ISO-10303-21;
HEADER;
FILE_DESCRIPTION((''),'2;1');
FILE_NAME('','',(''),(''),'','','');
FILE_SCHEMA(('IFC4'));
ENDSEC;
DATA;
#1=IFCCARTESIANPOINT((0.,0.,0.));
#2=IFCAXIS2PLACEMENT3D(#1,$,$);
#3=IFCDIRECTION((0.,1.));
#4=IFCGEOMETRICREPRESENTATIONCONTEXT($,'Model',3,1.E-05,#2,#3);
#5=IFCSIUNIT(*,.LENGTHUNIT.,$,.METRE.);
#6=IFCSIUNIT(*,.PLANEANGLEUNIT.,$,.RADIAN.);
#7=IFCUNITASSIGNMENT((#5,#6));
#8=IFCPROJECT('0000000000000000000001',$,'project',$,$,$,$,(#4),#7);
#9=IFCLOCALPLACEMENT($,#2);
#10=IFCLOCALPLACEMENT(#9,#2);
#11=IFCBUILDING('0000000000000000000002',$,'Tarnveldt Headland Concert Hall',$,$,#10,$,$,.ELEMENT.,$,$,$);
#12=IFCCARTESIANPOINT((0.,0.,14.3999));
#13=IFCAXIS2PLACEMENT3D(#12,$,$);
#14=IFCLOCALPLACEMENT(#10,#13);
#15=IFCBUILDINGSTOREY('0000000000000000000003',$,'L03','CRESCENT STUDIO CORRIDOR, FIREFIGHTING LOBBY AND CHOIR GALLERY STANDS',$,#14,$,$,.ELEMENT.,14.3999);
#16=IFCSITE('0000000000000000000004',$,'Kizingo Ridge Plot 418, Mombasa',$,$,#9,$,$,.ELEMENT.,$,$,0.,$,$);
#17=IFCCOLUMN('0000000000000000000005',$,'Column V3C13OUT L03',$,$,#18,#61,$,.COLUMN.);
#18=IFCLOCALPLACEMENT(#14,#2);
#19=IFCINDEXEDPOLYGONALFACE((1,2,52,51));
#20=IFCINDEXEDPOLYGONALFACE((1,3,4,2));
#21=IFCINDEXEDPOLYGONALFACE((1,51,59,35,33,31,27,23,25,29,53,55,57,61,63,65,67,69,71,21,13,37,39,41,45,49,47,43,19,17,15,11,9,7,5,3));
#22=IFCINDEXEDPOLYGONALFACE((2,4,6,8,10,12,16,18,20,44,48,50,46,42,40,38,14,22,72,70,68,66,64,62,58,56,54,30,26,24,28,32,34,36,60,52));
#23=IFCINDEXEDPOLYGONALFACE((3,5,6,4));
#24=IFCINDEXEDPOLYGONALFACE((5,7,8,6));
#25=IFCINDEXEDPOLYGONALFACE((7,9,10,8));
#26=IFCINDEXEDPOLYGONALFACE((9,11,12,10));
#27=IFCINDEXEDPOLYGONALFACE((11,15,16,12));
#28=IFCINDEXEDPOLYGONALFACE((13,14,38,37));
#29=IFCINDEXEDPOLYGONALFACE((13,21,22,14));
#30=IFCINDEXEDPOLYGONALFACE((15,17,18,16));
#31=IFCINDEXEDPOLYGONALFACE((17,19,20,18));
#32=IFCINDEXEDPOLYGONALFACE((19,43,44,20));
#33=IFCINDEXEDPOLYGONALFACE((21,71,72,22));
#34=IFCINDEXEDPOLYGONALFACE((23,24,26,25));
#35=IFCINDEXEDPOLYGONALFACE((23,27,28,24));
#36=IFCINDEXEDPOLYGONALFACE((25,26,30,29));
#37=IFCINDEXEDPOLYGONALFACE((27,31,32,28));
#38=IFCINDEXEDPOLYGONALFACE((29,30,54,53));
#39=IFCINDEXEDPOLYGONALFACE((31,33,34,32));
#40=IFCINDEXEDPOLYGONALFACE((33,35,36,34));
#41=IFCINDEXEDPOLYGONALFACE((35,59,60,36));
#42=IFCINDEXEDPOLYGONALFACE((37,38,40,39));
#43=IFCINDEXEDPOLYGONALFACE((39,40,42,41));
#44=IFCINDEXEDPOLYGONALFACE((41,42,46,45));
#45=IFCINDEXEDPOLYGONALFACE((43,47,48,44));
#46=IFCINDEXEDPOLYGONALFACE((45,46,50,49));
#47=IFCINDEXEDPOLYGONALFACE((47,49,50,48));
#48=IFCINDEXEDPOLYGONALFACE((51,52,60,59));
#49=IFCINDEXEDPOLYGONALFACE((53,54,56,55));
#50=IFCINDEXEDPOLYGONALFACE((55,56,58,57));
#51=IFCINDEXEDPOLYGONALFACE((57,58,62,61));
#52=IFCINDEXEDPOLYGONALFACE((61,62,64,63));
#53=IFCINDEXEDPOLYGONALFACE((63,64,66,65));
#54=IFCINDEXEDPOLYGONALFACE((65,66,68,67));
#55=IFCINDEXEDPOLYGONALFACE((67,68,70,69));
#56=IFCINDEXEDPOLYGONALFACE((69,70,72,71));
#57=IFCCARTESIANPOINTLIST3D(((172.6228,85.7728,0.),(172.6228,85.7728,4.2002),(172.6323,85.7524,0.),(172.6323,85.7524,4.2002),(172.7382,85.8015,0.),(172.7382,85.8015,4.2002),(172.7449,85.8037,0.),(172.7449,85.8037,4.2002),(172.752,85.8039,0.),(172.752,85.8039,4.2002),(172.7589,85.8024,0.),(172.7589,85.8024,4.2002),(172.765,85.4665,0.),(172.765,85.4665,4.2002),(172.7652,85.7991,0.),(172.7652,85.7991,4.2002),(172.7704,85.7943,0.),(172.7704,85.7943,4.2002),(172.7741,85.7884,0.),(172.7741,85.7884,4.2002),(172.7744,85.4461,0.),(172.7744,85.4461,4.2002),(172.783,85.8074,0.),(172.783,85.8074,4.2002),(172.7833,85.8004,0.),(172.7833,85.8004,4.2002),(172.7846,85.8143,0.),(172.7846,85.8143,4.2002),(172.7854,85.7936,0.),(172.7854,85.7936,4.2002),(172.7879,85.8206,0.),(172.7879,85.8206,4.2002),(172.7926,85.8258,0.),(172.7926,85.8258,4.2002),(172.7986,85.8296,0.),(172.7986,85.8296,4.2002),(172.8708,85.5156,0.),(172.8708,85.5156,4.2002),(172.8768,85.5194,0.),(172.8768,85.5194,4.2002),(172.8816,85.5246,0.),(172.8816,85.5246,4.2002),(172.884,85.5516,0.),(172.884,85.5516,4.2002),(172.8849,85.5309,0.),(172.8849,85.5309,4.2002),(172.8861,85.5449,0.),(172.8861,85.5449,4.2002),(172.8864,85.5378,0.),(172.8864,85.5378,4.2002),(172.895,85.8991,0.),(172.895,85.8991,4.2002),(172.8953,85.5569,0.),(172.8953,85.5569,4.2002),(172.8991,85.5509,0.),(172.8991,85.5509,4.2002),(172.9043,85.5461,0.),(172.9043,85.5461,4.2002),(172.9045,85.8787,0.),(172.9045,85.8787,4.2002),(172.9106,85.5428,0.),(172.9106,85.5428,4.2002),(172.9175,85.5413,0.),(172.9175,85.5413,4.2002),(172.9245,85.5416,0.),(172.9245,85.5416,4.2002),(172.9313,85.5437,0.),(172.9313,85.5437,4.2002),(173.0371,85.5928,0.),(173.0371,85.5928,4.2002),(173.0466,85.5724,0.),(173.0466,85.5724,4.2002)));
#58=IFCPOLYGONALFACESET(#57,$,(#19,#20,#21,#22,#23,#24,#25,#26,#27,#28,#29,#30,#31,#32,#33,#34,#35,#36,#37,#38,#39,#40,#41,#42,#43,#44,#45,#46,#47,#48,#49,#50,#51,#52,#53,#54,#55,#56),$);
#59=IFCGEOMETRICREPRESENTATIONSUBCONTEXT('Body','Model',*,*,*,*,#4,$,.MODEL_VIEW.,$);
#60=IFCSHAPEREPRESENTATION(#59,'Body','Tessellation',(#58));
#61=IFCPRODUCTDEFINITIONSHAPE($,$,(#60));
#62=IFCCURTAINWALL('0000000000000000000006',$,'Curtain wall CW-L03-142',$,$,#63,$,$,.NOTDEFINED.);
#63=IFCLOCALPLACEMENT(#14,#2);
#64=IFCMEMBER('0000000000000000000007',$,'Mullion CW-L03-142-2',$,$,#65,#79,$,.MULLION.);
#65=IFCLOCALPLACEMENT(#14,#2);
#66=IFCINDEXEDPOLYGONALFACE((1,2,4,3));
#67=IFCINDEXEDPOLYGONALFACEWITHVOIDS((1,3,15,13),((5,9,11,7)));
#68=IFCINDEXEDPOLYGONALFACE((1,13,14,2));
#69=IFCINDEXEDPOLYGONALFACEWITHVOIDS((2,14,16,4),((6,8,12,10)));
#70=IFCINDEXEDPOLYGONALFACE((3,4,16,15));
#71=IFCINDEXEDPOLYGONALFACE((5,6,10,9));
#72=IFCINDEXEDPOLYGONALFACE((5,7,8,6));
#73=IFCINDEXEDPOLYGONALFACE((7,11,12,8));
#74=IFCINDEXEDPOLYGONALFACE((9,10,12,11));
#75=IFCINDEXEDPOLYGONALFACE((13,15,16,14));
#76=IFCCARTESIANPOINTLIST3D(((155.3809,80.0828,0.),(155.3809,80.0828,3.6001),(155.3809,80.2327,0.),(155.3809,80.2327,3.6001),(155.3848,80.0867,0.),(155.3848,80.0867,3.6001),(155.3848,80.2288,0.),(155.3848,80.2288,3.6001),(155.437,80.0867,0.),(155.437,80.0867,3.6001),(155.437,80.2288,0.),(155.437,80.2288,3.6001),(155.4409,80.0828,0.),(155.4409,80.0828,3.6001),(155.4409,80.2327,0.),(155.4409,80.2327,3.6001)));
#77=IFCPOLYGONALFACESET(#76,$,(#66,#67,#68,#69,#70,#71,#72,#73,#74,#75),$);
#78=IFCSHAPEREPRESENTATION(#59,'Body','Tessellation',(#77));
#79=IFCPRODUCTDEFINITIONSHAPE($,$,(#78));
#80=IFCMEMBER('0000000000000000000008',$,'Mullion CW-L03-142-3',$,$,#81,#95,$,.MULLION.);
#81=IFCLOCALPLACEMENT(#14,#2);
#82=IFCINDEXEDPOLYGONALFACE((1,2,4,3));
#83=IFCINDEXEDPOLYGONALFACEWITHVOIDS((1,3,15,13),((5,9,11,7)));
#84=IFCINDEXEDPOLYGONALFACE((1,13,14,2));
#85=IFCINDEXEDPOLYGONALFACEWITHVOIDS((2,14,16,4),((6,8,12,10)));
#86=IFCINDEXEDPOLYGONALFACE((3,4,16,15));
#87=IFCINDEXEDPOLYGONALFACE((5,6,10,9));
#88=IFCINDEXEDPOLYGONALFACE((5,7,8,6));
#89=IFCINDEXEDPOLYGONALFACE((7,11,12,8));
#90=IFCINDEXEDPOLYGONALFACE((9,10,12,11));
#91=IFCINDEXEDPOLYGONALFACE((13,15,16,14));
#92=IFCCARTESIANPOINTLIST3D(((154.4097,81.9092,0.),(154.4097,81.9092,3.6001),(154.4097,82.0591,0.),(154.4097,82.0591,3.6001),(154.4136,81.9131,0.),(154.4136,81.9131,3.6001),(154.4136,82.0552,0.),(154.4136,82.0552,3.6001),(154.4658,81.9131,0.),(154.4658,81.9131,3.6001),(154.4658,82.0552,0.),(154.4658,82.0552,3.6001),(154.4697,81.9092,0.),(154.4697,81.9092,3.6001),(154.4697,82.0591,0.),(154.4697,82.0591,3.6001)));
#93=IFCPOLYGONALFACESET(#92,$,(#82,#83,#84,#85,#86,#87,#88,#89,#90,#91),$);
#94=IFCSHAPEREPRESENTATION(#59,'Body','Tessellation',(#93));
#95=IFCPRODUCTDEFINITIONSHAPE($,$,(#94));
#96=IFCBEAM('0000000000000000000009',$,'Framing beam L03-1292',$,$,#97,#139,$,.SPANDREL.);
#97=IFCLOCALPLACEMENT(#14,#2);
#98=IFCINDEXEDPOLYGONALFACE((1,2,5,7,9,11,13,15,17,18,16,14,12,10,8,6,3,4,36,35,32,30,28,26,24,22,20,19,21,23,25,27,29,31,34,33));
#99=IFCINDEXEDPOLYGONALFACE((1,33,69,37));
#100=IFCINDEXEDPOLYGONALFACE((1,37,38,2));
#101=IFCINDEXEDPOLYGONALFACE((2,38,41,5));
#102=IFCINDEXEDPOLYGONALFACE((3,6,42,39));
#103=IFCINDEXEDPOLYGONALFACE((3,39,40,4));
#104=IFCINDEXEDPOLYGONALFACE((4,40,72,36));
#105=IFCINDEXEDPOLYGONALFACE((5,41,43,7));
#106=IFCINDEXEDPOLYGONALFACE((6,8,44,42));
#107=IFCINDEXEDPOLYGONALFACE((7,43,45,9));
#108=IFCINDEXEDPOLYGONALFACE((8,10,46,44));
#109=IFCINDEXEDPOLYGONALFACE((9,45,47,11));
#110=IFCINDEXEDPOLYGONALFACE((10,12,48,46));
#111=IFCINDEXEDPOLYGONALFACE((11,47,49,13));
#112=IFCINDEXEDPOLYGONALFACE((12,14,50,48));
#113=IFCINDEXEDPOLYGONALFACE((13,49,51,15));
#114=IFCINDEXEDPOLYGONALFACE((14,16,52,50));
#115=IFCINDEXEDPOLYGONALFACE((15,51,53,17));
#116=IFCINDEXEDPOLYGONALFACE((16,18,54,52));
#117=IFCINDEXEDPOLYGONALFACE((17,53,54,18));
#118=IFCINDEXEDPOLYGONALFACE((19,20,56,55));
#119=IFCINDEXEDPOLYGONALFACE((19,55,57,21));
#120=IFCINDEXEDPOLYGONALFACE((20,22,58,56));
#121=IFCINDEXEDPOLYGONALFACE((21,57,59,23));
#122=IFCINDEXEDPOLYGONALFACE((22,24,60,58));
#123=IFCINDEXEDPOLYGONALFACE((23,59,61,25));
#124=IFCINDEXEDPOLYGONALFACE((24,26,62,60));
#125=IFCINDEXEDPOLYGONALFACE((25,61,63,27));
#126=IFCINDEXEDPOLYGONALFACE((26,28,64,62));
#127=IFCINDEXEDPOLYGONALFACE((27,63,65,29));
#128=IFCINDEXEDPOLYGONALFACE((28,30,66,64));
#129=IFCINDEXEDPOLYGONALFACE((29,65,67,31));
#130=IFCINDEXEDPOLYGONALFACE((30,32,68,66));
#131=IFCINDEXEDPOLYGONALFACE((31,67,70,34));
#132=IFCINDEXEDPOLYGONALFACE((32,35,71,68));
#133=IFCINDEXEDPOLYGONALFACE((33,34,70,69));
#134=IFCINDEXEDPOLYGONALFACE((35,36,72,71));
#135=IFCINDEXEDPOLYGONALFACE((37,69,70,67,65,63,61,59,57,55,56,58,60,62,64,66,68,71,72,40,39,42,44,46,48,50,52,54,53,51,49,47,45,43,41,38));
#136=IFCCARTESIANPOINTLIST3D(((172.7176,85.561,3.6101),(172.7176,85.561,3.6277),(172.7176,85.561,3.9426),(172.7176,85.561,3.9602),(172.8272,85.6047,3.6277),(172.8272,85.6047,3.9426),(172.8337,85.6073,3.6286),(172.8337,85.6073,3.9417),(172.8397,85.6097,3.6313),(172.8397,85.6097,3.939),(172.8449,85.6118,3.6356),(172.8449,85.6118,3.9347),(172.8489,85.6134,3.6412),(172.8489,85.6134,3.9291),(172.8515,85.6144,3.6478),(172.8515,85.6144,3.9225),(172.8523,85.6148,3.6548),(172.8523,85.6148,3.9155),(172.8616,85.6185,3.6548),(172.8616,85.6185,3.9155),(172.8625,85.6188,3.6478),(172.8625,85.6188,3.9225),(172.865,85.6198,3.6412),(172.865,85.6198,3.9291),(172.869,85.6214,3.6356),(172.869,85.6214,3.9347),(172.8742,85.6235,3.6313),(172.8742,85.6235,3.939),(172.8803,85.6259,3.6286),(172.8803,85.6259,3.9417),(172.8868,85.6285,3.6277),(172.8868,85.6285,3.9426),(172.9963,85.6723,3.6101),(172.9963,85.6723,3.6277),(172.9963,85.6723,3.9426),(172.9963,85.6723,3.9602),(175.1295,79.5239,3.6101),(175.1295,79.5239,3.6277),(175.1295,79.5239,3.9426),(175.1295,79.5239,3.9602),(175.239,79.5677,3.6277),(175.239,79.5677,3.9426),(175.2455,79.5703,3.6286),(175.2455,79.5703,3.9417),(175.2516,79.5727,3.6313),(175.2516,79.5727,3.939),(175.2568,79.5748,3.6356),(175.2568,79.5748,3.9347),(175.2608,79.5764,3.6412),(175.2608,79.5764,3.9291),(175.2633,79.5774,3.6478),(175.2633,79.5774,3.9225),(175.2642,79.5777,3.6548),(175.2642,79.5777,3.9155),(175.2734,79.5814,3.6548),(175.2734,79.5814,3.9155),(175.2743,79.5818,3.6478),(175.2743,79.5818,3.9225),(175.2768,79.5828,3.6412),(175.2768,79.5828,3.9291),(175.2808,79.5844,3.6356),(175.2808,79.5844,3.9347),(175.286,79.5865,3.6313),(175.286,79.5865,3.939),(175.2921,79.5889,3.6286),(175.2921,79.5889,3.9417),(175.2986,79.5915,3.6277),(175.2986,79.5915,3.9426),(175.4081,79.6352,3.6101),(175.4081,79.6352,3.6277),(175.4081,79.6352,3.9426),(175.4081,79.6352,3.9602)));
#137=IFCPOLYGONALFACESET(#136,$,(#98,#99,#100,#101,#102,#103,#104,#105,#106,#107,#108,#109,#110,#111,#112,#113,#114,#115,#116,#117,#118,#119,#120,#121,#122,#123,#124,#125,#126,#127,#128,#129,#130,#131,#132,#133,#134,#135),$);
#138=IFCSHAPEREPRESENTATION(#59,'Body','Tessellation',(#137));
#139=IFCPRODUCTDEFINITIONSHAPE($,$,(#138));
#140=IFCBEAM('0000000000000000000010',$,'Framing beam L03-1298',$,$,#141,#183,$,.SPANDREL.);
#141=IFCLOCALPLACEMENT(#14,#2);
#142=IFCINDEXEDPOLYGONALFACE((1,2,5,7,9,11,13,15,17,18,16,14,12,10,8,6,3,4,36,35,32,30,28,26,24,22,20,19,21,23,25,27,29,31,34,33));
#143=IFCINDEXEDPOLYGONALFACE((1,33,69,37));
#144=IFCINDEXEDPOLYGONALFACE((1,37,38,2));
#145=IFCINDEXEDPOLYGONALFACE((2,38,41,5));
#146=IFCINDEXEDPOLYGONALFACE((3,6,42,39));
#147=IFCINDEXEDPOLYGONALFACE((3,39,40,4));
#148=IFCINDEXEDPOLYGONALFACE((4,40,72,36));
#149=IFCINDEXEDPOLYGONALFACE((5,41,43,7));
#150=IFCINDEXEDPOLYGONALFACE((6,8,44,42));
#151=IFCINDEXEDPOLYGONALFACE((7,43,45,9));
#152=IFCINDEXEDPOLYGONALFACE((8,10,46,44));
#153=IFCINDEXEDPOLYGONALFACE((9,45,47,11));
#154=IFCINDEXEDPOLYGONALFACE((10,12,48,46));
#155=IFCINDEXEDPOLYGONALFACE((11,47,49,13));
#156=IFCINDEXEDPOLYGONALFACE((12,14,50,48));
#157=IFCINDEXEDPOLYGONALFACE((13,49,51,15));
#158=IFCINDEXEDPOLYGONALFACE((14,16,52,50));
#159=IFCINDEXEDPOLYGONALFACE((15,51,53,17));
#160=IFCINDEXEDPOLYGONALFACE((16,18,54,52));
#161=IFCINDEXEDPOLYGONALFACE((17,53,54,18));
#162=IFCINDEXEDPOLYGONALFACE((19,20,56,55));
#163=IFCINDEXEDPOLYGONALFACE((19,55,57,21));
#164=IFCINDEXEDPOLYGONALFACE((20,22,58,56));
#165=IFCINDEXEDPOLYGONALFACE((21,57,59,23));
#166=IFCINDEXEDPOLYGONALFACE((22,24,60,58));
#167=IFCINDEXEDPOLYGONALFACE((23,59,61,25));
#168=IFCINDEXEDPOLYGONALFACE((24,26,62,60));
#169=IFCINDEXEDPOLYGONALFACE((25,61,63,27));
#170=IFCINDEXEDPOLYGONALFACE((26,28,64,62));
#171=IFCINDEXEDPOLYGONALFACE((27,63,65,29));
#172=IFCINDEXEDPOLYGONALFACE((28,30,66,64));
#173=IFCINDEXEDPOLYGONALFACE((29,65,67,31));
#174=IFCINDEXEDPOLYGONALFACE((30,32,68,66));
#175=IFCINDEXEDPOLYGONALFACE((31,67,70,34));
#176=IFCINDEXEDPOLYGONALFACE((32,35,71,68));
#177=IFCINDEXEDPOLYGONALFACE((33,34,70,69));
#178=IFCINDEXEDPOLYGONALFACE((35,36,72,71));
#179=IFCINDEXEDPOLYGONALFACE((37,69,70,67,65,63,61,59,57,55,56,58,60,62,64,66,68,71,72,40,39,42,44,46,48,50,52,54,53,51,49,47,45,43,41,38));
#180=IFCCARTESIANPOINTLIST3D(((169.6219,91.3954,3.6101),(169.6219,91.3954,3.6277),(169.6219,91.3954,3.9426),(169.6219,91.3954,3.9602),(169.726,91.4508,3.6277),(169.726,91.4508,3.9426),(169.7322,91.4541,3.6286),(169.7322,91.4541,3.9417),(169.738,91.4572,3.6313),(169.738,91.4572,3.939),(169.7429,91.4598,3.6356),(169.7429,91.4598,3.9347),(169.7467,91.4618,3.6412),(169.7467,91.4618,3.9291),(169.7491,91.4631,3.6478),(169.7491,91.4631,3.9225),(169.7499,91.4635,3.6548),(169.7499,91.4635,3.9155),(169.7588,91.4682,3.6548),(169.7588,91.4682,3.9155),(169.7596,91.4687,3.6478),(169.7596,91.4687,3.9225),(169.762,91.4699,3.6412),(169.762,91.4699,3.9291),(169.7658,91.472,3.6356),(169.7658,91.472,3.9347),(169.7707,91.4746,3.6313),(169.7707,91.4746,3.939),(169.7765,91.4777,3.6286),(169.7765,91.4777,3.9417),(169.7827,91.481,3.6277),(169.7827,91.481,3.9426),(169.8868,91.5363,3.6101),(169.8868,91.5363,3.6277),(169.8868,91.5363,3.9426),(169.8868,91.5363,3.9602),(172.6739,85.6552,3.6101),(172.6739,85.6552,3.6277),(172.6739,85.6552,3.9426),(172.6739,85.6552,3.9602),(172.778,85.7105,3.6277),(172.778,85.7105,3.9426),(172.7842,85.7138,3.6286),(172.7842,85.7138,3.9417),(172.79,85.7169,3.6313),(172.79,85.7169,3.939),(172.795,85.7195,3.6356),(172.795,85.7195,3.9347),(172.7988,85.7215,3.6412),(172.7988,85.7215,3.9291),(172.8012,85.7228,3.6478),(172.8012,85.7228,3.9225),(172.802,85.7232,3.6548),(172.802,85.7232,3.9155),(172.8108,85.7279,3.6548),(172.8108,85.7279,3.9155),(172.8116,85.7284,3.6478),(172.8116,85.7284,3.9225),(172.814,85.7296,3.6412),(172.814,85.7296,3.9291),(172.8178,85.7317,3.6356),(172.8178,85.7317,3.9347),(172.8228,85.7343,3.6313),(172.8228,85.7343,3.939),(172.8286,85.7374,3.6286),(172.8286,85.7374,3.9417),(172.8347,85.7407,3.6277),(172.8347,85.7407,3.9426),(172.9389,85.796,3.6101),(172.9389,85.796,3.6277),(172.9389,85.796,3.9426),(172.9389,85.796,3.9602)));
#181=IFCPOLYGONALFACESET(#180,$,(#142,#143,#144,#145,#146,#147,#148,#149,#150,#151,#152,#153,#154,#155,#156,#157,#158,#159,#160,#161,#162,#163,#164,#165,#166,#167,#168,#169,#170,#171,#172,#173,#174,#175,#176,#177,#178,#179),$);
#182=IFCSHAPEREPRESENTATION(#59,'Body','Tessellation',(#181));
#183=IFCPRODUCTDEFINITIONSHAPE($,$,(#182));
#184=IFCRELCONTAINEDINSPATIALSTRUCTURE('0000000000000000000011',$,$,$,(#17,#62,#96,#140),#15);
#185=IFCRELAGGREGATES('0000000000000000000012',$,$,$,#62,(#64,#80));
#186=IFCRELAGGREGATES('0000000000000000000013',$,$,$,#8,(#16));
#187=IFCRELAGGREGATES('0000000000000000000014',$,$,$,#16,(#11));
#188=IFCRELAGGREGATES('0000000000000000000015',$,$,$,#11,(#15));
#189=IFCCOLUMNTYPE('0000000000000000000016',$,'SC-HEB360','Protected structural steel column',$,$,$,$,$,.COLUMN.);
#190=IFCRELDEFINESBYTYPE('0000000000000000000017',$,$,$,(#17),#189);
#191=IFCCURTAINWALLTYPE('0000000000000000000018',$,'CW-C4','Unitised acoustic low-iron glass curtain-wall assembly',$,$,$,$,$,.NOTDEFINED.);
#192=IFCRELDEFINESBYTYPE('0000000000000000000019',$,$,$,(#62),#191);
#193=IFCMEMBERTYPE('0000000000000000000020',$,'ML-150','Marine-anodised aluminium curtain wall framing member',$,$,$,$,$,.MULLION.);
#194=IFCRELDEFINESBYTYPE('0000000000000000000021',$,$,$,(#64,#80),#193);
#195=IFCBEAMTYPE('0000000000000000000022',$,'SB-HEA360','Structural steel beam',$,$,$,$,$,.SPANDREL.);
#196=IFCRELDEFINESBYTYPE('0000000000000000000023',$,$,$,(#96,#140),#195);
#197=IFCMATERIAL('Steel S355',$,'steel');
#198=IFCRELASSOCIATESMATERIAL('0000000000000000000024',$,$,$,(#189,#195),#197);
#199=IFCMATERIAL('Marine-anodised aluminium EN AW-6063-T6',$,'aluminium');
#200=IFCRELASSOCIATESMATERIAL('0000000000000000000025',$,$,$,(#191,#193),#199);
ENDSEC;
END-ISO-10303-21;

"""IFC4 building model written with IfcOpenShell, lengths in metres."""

from ifc_helpers import new_model, si_unit, direction, frame, origin, origin_2d, place, context, subcontext, project, spatial, hollow_rectangle, i_section, extrude, material, material_profile, profile_set, type_object, element, aggregate, save


model = new_model("IFC4")

# Units and contexts
model_context = context("Model", 3, precision=1e-05, world=origin(), true_north=direction((0.0, 1.0)))
body_context = subcontext(model_context, "Body", "Model", "MODEL_VIEW")
ifc_project = project(units=[si_unit("LENGTHUNIT", "METRE"), si_unit("PLANEANGLEUNIT", "RADIAN")], contexts=[model_context])

# Site, building, storey
site_placement = place(None, origin())
site = spatial("IfcSite", under=ifc_project, at=site_placement, Name="Kizingo Ridge Plot 418, Mombasa", CompositionType="ELEMENT", RefElevation=0.0)
building_placement = place(site_placement, origin())
building = spatial("IfcBuilding", under=site, at=building_placement, Name="Tarnveldt Headland Concert Hall", CompositionType="ELEMENT")
storey_placement = place(building_placement, frame((0.0, 0.0, 14.3999)))
storey = spatial("IfcBuildingStorey", under=building, at=storey_placement, Name="L03", Description="CRESCENT STUDIO CORRIDOR, FIREFIGHTING LOBBY AND CHOIR GALLERY STANDS", CompositionType="ELEMENT", Elevation=14.3999)

# Column
ifc_material_1 = material(Name="Steel S355", Category="steel")
ifc_material_profile_1 = material_profile(ifc_material_1, i_section(OverallWidth=0.3, OverallDepth=0.3601, WebThickness=0.0125, FlangeThickness=0.0225, FilletRadius=0.0271, at=origin_2d()), Name="HEB360", Category="steel")
ifc_profile_set_1 = profile_set([ifc_material_profile_1], Name="Steel S355")
column_type = type_object("IfcColumnType", Name="SC-HEB360", Description="Protected structural steel column", PredefinedType="COLUMN", material=ifc_profile_set_1)
column_placement = place(storey_placement, frame((172.8347, 85.6726, 0.0), z_axis=(0.0, 0.0, 1.0), x_axis=(0.907117, 0.420877, 0.0)))
element("IfcColumn", 1, at=column_placement, inside=storey, type_object=column_type, Name="Column V3C13OUT L03", PredefinedType="COLUMN", context=body_context, shape_type="SweptSolid", body=[
    extrude(i_section(OverallWidth=0.3, OverallDepth=0.3601, WebThickness=0.0125, FlangeThickness=0.0225, FilletRadius=0.0271, at=origin_2d()), origin(), (0.0, 0.0, 1.0), 4.2002),
])

# Curtain wall, members
ifc_material_2 = material(Name="Marine-anodised aluminium EN AW-6063-T6", Category="aluminium")
curtain_wall_type = type_object("IfcCurtainWallType", Name="CW-C4", Description="Unitised acoustic low-iron glass curtain-wall assembly", PredefinedType="NOTDEFINED", material=ifc_material_2)
curtain_wall_placement = place(storey_placement, origin())
curtain_wall = element("IfcCurtainWall", 2, at=curtain_wall_placement, inside=storey, type_object=curtain_wall_type, Name="Curtain wall CW-L03-142", PredefinedType="NOTDEFINED")
ifc_material_profile_2 = material_profile(ifc_material_2, hollow_rectangle(XDim=0.0601, YDim=0.1499, WallThickness=0.0039, at=origin_2d()), Name="ALU MULLION 60x150x4", Category="aluminium")
ifc_profile_set_2 = profile_set([ifc_material_profile_2], Name="Marine-anodised aluminium EN AW-6063-T6")
member_type_1 = type_object("IfcMemberType", Name="ML-150", Description="Marine-anodised aluminium curtain wall framing member", PredefinedType="MULLION", material=ifc_profile_set_2)
member_1_placement = place(storey_placement, frame((155.4109, 80.1577, 0.0), z_axis=(0.0, 0.0, 1.0), x_axis=(1.0, 0.0, 0.0)))
member_1 = element("IfcMember", 3, at=member_1_placement, type_object=member_type_1, Name="Mullion CW-L03-142-2", PredefinedType="MULLION", context=body_context, shape_type="SweptSolid", body=[
    extrude(hollow_rectangle(XDim=0.0601, YDim=0.1499, WallThickness=0.0039, at=origin_2d()), origin(), (0.0, 0.0, 1.0), 3.6001),
])
member_2_placement = place(storey_placement, frame((154.4397, 81.9841, 0.0), z_axis=(0.0, 0.0, 1.0), x_axis=(1.0, 0.0, 0.0)))
member_2 = element("IfcMember", 4, at=member_2_placement, type_object=member_type_1, Name="Mullion CW-L03-142-3", PredefinedType="MULLION", context=body_context, shape_type="SweptSolid", body=[
    extrude(hollow_rectangle(XDim=0.0601, YDim=0.1499, WallThickness=0.0039, at=origin_2d()), origin(), (0.0, 0.0, 1.0), 3.6001),
])

# Beams
ifc_material_profile_3 = material_profile(ifc_material_1, i_section(OverallWidth=0.3, OverallDepth=0.3501, WebThickness=0.01, FlangeThickness=0.0176, FilletRadius=0.0271, at=origin_2d()), Name="HEA360", Category="steel")
ifc_profile_set_3 = profile_set([ifc_material_profile_3], Name="Steel S355")
beam_type_1 = type_object("IfcBeamType", Name="SB-HEA360", Description="Structural steel beam", PredefinedType="SPANDREL", material=ifc_profile_set_3)
beam_1_placement = place(storey_placement, frame((175.2688, 79.5796, 3.7852), z_axis=(-0.370996, 0.928635, 0.0), x_axis=(-0.928635, -0.370996, 0.0)))
element("IfcBeam", 5, at=beam_1_placement, inside=storey, type_object=beam_type_1, Name="Framing beam L03-1292", PredefinedType="SPANDREL", context=body_context, shape_type="SweptSolid", body=[
    extrude(i_section(OverallWidth=0.3, OverallDepth=0.3501, WebThickness=0.01, FlangeThickness=0.0176, FilletRadius=0.0271, at=origin_2d()), origin(), (0.0, 0.0, 1.0), 6.501),
])
beam_2_placement = place(storey_placement, frame((172.8064, 85.7256, 3.7852), z_axis=(-0.469455, 0.882956, 0.0), x_axis=(-0.882956, -0.469455, 0.0)))
element("IfcBeam", 6, at=beam_2_placement, inside=storey, type_object=beam_type_1, Name="Framing beam L03-1298", PredefinedType="SPANDREL", context=body_context, shape_type="SweptSolid", body=[
    extrude(i_section(OverallWidth=0.3, OverallDepth=0.3501, WebThickness=0.01, FlangeThickness=0.0176, FilletRadius=0.0271, at=origin_2d()), origin(), (0.0, 0.0, 1.0), 6.5012),
])

aggregate(curtain_wall, [member_1, member_2])

save(model, "model.ifc")
